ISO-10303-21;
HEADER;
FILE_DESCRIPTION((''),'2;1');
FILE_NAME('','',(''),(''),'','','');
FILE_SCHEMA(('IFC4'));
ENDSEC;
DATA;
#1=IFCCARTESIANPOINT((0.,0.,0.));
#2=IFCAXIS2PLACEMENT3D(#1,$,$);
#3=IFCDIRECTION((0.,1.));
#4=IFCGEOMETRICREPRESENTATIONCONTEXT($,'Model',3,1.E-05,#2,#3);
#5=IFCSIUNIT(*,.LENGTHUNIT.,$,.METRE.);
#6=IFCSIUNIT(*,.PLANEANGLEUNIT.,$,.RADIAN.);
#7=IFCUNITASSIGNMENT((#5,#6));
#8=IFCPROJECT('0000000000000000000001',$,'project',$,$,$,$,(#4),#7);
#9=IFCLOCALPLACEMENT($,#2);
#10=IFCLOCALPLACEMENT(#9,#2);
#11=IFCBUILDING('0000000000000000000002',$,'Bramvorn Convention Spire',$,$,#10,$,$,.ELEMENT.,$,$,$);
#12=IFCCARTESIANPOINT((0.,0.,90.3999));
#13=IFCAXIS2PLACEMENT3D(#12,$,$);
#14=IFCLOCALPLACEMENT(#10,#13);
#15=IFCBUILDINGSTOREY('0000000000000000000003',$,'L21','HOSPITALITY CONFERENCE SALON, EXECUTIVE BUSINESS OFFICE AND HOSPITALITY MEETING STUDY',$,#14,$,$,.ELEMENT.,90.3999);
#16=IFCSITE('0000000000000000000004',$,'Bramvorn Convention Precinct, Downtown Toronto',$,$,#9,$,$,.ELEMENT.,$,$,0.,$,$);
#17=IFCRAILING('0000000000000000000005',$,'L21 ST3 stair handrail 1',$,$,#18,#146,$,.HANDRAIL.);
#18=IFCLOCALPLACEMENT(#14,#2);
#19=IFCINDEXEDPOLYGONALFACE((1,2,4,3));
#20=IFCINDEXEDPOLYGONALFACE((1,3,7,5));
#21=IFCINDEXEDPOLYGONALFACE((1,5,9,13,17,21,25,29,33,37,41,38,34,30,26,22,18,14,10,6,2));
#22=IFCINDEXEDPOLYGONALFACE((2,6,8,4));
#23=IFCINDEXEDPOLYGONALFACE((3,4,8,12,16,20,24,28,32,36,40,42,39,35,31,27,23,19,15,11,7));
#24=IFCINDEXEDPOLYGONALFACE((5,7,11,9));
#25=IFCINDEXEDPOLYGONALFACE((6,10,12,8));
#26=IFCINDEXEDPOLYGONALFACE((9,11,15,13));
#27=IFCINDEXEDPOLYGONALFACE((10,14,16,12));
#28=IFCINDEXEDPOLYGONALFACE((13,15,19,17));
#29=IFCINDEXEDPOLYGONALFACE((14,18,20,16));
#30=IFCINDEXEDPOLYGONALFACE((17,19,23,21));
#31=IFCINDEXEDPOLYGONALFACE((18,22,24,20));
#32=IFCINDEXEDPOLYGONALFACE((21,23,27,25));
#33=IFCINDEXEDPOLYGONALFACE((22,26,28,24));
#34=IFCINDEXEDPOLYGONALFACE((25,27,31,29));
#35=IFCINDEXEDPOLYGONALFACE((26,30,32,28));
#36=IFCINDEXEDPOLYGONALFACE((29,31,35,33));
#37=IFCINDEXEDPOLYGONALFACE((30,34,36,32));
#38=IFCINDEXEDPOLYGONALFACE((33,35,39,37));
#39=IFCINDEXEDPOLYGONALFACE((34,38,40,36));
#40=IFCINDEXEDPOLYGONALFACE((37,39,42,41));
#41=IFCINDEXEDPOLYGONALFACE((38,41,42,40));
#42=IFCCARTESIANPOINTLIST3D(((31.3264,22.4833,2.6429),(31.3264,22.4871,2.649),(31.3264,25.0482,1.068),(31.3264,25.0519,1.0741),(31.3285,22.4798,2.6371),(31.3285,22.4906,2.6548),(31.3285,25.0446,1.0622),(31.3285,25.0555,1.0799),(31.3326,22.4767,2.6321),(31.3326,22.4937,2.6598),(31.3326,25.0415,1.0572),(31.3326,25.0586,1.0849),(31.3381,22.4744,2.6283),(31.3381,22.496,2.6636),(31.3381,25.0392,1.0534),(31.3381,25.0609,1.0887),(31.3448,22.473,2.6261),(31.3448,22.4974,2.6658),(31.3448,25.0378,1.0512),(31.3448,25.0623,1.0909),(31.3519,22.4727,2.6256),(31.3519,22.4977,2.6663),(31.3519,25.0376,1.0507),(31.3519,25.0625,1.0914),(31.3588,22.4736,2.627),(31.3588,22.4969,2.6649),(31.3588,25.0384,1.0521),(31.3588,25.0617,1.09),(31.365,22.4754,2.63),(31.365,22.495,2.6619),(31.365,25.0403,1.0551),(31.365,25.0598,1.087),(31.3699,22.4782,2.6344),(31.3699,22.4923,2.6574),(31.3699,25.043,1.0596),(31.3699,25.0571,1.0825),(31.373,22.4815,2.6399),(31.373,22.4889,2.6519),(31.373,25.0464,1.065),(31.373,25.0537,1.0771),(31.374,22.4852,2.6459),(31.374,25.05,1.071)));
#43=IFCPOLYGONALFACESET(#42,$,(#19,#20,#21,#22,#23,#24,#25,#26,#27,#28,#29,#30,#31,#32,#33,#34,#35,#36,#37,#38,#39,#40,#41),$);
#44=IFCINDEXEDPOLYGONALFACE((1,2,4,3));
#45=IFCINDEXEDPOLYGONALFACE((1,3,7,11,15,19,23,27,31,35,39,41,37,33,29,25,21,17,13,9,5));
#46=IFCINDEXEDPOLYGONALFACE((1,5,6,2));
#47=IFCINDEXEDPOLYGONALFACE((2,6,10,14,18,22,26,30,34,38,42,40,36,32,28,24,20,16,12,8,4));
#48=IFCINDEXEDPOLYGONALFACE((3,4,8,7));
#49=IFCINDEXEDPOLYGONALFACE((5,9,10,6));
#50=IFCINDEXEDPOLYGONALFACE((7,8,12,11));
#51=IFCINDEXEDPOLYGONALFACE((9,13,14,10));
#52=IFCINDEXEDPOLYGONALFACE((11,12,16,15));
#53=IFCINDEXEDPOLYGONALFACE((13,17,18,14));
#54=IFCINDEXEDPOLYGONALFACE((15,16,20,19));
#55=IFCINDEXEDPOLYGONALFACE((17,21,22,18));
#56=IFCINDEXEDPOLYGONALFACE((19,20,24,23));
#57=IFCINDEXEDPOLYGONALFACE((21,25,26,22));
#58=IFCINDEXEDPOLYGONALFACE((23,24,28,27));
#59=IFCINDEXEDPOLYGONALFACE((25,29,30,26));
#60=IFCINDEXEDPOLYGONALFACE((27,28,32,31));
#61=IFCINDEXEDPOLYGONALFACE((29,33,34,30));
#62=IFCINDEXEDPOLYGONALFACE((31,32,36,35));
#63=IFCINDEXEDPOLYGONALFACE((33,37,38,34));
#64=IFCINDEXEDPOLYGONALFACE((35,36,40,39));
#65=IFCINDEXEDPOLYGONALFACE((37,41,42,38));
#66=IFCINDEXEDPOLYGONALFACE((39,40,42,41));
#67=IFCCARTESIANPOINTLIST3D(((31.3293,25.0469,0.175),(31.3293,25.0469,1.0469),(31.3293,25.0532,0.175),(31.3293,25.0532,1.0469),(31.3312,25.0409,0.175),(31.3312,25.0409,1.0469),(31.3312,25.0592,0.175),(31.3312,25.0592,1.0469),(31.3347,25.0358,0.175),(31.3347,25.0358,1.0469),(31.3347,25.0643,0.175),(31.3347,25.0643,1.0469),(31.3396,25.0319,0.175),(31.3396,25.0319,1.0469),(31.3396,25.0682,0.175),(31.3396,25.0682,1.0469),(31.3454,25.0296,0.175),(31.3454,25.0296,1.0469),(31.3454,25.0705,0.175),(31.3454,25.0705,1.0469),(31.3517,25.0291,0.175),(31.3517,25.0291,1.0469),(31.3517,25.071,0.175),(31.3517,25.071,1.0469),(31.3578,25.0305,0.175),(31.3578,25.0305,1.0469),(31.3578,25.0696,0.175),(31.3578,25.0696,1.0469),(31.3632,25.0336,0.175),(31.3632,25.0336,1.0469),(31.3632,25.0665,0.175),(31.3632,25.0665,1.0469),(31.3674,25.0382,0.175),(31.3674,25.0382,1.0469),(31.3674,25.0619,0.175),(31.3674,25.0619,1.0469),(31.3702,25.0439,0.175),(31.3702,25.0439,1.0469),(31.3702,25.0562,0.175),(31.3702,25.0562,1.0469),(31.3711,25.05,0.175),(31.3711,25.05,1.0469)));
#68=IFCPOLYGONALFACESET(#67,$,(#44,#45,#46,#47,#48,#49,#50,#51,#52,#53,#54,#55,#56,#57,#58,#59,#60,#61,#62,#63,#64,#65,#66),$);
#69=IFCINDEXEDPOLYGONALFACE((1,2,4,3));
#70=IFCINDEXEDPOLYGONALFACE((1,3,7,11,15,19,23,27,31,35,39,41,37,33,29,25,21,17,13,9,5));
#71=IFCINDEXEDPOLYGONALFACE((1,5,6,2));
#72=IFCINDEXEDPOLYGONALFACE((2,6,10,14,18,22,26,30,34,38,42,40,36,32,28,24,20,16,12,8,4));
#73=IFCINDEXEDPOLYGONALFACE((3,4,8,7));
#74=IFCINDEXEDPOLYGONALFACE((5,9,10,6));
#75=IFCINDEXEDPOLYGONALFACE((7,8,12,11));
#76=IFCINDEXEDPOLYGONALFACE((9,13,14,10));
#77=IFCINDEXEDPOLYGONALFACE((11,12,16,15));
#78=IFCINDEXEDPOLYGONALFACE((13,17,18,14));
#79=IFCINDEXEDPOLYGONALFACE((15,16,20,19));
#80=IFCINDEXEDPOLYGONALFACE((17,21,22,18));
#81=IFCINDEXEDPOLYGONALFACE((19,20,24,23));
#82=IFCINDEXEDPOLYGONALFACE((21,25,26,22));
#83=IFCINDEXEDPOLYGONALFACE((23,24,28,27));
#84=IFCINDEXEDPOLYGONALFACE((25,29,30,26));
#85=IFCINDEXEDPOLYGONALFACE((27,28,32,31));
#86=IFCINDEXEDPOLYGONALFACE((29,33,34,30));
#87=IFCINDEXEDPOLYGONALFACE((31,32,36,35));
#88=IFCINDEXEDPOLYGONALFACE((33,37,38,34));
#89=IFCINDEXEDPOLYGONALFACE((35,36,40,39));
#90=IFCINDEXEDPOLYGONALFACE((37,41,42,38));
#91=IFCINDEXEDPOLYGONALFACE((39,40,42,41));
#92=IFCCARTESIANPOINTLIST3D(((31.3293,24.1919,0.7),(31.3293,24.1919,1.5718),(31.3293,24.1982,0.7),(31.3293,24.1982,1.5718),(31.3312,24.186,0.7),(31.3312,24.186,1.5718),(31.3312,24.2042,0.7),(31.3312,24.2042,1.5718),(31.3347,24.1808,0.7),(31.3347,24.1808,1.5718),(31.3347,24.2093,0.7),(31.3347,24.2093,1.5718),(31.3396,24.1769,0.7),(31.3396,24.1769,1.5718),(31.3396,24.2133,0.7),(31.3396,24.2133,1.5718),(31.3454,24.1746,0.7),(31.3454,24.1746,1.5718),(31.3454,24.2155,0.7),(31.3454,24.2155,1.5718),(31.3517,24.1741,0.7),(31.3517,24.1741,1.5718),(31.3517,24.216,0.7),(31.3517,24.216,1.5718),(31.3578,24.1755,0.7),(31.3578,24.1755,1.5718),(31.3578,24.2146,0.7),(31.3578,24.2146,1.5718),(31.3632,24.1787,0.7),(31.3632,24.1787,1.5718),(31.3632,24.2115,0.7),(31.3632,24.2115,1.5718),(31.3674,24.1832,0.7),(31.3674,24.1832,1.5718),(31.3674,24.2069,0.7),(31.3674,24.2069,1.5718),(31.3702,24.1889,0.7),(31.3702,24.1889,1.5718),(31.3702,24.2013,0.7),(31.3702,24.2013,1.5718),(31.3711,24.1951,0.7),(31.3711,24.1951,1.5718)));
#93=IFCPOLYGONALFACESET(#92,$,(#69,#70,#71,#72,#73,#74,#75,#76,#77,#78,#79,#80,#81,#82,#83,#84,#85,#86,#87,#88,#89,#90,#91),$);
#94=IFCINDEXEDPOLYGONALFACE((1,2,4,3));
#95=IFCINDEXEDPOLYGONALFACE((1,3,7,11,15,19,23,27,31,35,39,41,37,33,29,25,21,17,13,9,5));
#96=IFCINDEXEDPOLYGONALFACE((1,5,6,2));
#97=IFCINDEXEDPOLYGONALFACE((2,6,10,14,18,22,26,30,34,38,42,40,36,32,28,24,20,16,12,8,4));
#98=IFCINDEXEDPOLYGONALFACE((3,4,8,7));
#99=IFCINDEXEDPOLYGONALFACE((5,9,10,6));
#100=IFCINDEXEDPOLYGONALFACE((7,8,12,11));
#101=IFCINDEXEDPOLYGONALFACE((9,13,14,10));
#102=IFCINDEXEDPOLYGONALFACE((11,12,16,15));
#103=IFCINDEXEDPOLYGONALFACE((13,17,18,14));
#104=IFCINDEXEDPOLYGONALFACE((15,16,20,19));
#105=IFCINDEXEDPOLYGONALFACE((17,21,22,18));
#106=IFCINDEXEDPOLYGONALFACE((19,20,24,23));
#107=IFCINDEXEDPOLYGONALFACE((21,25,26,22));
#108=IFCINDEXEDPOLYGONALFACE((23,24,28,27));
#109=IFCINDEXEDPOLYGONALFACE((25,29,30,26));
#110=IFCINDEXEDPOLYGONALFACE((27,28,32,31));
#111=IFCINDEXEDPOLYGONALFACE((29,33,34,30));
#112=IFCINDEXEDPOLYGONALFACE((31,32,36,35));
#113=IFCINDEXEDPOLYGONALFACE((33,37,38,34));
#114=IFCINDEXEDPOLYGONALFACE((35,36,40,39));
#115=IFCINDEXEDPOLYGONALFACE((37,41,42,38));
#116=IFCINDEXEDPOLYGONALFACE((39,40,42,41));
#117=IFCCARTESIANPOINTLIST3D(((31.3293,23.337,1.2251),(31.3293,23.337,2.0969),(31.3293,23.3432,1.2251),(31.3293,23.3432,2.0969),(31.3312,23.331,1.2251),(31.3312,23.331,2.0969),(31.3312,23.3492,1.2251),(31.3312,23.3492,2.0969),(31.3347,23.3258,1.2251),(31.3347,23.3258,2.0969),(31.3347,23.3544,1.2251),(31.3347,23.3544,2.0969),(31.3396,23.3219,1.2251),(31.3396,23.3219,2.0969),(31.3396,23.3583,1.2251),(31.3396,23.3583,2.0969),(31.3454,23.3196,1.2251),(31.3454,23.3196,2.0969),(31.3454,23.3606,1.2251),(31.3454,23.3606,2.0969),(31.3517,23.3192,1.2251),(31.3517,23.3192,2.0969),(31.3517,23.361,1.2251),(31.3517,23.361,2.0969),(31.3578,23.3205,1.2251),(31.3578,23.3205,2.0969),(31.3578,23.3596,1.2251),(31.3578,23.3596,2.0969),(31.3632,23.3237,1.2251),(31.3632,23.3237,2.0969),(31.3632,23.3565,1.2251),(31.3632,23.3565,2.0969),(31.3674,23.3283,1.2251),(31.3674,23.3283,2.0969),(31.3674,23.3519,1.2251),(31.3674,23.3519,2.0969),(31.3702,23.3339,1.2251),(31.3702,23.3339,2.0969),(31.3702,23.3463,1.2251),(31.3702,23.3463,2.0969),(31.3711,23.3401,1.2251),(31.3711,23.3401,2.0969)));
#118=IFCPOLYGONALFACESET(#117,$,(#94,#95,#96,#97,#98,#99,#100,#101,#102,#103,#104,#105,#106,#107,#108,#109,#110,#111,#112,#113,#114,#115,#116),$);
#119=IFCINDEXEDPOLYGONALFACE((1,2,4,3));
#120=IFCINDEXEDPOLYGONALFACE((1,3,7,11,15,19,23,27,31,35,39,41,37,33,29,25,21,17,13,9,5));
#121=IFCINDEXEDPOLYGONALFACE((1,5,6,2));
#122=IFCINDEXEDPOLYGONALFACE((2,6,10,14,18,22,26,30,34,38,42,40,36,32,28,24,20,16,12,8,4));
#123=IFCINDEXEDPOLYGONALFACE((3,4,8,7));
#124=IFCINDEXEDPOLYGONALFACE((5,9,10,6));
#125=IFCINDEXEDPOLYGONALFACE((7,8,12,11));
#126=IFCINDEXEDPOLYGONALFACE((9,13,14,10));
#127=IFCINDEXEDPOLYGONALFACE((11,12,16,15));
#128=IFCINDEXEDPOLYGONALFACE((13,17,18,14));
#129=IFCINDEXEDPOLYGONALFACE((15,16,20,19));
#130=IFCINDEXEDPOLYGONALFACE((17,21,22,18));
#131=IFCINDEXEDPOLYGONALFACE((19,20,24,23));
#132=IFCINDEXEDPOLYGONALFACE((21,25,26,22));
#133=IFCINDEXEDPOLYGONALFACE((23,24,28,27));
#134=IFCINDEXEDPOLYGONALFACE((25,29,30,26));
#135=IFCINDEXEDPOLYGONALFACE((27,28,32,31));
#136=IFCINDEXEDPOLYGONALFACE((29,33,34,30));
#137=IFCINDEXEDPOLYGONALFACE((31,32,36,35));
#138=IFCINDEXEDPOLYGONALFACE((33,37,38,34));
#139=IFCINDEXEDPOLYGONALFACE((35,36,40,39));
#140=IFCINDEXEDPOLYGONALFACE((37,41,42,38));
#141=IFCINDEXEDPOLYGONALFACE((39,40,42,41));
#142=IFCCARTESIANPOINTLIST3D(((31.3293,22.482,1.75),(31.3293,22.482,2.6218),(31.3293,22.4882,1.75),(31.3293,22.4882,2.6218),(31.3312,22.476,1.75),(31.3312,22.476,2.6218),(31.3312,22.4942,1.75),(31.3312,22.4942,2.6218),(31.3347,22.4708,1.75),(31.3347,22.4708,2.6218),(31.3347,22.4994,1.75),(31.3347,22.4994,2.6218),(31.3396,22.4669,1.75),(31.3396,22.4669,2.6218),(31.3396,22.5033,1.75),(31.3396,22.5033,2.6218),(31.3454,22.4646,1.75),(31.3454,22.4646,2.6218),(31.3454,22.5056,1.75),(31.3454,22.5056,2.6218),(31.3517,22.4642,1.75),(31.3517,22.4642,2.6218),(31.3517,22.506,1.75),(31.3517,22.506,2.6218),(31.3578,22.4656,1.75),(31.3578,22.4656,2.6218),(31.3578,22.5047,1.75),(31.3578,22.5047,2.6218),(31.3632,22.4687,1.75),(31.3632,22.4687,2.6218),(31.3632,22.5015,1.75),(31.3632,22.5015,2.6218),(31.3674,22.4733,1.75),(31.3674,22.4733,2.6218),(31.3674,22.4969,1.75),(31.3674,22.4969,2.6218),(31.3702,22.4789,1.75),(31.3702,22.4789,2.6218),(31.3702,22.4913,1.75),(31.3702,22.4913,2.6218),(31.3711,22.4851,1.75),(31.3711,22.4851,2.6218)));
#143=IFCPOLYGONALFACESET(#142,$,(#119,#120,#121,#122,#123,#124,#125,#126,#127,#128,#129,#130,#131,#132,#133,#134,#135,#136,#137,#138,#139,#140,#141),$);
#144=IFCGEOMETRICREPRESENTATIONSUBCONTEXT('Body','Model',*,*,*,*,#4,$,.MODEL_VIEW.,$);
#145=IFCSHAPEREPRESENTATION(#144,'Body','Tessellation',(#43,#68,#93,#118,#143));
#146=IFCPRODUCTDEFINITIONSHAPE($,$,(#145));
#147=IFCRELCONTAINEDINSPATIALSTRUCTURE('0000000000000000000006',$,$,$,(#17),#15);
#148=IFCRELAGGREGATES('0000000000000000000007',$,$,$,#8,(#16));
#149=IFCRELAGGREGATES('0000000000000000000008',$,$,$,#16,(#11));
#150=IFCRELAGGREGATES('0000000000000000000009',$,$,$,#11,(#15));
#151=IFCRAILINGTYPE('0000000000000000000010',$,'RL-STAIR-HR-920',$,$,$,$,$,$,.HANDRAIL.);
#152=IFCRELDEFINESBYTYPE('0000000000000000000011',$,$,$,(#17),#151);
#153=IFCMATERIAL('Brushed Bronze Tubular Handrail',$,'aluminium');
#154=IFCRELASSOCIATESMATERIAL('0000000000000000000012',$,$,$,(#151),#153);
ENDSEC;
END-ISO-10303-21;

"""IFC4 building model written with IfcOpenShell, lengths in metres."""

from ifc_helpers import new_model, si_unit, direction, frame, origin, origin_2d, place, context, subcontext, project, spatial, circle, extrude, material, type_object, element, save


model = new_model("IFC4")

# Units and contexts
model_context = context("Model", 3, precision=1e-05, world=origin(), true_north=direction((0.0, 1.0)))
body_context = subcontext(model_context, "Body", "Model", "MODEL_VIEW")
ifc_project = project(units=[si_unit("LENGTHUNIT", "METRE"), si_unit("PLANEANGLEUNIT", "RADIAN")], contexts=[model_context])

# Site, building, storey
site_placement = place(None, origin())
site = spatial("IfcSite", under=ifc_project, at=site_placement, Name="Bramvorn Convention Precinct, Downtown Toronto", CompositionType="ELEMENT", RefElevation=0.0)
building_placement = place(site_placement, origin())
building = spatial("IfcBuilding", under=site, at=building_placement, Name="Bramvorn Convention Spire", CompositionType="ELEMENT")
storey_placement = place(building_placement, frame((0.0, 0.0, 90.3999)))
storey = spatial("IfcBuildingStorey", under=building, at=storey_placement, Name="L21", Description="HOSPITALITY CONFERENCE SALON, EXECUTIVE BUSINESS OFFICE AND HOSPITALITY MEETING STUDY", CompositionType="ELEMENT", Elevation=90.3999)

# Railing
ifc_material_1 = material(Name="Brushed Bronze Tubular Handrail", Category="aluminium")
railing_type_1 = type_object("IfcRailingType", Name="RL-STAIR-HR-920", PredefinedType="HANDRAIL", material=ifc_material_1)
for number, where, name in (
    (1, (31.3501, 25.05, 0.175), "L21 ST3 stair handrail 1"),
):
    element("IfcRailing", number, at=place(storey_placement, frame(where)), inside=storey, type_object=railing_type_1, Name=name, PredefinedType="HANDRAIL", context=body_context, shape_type="SweptSolid", body=[
        extrude(circle(Radius=0.0239, at=origin_2d()), frame((0.0, 0.0, 0.896), z_axis=(0.0, -0.852173, 0.52326), x_axis=(1.0, 0.0, 0.0)), (0.0, 0.0, 1.0), 3.0098),
        extrude(circle(Radius=0.021, at=origin_2d()), origin(), (0.0, 0.0, 1.0), 0.8718),
        extrude(circle(Radius=0.021, at=origin_2d()), frame((0.0, -0.855, 0.5249)), (0.0, 0.0, 1.0), 0.8718),
        extrude(circle(Radius=0.021, at=origin_2d()), frame((0.0, -1.71, 1.05)), (0.0, 0.0, 1.0), 0.8718),
        extrude(circle(Radius=0.021, at=origin_2d()), frame((0.0, -2.5649, 1.575)), (0.0, 0.0, 1.0), 0.8718),
    ])

save(model, "model.ifc")
